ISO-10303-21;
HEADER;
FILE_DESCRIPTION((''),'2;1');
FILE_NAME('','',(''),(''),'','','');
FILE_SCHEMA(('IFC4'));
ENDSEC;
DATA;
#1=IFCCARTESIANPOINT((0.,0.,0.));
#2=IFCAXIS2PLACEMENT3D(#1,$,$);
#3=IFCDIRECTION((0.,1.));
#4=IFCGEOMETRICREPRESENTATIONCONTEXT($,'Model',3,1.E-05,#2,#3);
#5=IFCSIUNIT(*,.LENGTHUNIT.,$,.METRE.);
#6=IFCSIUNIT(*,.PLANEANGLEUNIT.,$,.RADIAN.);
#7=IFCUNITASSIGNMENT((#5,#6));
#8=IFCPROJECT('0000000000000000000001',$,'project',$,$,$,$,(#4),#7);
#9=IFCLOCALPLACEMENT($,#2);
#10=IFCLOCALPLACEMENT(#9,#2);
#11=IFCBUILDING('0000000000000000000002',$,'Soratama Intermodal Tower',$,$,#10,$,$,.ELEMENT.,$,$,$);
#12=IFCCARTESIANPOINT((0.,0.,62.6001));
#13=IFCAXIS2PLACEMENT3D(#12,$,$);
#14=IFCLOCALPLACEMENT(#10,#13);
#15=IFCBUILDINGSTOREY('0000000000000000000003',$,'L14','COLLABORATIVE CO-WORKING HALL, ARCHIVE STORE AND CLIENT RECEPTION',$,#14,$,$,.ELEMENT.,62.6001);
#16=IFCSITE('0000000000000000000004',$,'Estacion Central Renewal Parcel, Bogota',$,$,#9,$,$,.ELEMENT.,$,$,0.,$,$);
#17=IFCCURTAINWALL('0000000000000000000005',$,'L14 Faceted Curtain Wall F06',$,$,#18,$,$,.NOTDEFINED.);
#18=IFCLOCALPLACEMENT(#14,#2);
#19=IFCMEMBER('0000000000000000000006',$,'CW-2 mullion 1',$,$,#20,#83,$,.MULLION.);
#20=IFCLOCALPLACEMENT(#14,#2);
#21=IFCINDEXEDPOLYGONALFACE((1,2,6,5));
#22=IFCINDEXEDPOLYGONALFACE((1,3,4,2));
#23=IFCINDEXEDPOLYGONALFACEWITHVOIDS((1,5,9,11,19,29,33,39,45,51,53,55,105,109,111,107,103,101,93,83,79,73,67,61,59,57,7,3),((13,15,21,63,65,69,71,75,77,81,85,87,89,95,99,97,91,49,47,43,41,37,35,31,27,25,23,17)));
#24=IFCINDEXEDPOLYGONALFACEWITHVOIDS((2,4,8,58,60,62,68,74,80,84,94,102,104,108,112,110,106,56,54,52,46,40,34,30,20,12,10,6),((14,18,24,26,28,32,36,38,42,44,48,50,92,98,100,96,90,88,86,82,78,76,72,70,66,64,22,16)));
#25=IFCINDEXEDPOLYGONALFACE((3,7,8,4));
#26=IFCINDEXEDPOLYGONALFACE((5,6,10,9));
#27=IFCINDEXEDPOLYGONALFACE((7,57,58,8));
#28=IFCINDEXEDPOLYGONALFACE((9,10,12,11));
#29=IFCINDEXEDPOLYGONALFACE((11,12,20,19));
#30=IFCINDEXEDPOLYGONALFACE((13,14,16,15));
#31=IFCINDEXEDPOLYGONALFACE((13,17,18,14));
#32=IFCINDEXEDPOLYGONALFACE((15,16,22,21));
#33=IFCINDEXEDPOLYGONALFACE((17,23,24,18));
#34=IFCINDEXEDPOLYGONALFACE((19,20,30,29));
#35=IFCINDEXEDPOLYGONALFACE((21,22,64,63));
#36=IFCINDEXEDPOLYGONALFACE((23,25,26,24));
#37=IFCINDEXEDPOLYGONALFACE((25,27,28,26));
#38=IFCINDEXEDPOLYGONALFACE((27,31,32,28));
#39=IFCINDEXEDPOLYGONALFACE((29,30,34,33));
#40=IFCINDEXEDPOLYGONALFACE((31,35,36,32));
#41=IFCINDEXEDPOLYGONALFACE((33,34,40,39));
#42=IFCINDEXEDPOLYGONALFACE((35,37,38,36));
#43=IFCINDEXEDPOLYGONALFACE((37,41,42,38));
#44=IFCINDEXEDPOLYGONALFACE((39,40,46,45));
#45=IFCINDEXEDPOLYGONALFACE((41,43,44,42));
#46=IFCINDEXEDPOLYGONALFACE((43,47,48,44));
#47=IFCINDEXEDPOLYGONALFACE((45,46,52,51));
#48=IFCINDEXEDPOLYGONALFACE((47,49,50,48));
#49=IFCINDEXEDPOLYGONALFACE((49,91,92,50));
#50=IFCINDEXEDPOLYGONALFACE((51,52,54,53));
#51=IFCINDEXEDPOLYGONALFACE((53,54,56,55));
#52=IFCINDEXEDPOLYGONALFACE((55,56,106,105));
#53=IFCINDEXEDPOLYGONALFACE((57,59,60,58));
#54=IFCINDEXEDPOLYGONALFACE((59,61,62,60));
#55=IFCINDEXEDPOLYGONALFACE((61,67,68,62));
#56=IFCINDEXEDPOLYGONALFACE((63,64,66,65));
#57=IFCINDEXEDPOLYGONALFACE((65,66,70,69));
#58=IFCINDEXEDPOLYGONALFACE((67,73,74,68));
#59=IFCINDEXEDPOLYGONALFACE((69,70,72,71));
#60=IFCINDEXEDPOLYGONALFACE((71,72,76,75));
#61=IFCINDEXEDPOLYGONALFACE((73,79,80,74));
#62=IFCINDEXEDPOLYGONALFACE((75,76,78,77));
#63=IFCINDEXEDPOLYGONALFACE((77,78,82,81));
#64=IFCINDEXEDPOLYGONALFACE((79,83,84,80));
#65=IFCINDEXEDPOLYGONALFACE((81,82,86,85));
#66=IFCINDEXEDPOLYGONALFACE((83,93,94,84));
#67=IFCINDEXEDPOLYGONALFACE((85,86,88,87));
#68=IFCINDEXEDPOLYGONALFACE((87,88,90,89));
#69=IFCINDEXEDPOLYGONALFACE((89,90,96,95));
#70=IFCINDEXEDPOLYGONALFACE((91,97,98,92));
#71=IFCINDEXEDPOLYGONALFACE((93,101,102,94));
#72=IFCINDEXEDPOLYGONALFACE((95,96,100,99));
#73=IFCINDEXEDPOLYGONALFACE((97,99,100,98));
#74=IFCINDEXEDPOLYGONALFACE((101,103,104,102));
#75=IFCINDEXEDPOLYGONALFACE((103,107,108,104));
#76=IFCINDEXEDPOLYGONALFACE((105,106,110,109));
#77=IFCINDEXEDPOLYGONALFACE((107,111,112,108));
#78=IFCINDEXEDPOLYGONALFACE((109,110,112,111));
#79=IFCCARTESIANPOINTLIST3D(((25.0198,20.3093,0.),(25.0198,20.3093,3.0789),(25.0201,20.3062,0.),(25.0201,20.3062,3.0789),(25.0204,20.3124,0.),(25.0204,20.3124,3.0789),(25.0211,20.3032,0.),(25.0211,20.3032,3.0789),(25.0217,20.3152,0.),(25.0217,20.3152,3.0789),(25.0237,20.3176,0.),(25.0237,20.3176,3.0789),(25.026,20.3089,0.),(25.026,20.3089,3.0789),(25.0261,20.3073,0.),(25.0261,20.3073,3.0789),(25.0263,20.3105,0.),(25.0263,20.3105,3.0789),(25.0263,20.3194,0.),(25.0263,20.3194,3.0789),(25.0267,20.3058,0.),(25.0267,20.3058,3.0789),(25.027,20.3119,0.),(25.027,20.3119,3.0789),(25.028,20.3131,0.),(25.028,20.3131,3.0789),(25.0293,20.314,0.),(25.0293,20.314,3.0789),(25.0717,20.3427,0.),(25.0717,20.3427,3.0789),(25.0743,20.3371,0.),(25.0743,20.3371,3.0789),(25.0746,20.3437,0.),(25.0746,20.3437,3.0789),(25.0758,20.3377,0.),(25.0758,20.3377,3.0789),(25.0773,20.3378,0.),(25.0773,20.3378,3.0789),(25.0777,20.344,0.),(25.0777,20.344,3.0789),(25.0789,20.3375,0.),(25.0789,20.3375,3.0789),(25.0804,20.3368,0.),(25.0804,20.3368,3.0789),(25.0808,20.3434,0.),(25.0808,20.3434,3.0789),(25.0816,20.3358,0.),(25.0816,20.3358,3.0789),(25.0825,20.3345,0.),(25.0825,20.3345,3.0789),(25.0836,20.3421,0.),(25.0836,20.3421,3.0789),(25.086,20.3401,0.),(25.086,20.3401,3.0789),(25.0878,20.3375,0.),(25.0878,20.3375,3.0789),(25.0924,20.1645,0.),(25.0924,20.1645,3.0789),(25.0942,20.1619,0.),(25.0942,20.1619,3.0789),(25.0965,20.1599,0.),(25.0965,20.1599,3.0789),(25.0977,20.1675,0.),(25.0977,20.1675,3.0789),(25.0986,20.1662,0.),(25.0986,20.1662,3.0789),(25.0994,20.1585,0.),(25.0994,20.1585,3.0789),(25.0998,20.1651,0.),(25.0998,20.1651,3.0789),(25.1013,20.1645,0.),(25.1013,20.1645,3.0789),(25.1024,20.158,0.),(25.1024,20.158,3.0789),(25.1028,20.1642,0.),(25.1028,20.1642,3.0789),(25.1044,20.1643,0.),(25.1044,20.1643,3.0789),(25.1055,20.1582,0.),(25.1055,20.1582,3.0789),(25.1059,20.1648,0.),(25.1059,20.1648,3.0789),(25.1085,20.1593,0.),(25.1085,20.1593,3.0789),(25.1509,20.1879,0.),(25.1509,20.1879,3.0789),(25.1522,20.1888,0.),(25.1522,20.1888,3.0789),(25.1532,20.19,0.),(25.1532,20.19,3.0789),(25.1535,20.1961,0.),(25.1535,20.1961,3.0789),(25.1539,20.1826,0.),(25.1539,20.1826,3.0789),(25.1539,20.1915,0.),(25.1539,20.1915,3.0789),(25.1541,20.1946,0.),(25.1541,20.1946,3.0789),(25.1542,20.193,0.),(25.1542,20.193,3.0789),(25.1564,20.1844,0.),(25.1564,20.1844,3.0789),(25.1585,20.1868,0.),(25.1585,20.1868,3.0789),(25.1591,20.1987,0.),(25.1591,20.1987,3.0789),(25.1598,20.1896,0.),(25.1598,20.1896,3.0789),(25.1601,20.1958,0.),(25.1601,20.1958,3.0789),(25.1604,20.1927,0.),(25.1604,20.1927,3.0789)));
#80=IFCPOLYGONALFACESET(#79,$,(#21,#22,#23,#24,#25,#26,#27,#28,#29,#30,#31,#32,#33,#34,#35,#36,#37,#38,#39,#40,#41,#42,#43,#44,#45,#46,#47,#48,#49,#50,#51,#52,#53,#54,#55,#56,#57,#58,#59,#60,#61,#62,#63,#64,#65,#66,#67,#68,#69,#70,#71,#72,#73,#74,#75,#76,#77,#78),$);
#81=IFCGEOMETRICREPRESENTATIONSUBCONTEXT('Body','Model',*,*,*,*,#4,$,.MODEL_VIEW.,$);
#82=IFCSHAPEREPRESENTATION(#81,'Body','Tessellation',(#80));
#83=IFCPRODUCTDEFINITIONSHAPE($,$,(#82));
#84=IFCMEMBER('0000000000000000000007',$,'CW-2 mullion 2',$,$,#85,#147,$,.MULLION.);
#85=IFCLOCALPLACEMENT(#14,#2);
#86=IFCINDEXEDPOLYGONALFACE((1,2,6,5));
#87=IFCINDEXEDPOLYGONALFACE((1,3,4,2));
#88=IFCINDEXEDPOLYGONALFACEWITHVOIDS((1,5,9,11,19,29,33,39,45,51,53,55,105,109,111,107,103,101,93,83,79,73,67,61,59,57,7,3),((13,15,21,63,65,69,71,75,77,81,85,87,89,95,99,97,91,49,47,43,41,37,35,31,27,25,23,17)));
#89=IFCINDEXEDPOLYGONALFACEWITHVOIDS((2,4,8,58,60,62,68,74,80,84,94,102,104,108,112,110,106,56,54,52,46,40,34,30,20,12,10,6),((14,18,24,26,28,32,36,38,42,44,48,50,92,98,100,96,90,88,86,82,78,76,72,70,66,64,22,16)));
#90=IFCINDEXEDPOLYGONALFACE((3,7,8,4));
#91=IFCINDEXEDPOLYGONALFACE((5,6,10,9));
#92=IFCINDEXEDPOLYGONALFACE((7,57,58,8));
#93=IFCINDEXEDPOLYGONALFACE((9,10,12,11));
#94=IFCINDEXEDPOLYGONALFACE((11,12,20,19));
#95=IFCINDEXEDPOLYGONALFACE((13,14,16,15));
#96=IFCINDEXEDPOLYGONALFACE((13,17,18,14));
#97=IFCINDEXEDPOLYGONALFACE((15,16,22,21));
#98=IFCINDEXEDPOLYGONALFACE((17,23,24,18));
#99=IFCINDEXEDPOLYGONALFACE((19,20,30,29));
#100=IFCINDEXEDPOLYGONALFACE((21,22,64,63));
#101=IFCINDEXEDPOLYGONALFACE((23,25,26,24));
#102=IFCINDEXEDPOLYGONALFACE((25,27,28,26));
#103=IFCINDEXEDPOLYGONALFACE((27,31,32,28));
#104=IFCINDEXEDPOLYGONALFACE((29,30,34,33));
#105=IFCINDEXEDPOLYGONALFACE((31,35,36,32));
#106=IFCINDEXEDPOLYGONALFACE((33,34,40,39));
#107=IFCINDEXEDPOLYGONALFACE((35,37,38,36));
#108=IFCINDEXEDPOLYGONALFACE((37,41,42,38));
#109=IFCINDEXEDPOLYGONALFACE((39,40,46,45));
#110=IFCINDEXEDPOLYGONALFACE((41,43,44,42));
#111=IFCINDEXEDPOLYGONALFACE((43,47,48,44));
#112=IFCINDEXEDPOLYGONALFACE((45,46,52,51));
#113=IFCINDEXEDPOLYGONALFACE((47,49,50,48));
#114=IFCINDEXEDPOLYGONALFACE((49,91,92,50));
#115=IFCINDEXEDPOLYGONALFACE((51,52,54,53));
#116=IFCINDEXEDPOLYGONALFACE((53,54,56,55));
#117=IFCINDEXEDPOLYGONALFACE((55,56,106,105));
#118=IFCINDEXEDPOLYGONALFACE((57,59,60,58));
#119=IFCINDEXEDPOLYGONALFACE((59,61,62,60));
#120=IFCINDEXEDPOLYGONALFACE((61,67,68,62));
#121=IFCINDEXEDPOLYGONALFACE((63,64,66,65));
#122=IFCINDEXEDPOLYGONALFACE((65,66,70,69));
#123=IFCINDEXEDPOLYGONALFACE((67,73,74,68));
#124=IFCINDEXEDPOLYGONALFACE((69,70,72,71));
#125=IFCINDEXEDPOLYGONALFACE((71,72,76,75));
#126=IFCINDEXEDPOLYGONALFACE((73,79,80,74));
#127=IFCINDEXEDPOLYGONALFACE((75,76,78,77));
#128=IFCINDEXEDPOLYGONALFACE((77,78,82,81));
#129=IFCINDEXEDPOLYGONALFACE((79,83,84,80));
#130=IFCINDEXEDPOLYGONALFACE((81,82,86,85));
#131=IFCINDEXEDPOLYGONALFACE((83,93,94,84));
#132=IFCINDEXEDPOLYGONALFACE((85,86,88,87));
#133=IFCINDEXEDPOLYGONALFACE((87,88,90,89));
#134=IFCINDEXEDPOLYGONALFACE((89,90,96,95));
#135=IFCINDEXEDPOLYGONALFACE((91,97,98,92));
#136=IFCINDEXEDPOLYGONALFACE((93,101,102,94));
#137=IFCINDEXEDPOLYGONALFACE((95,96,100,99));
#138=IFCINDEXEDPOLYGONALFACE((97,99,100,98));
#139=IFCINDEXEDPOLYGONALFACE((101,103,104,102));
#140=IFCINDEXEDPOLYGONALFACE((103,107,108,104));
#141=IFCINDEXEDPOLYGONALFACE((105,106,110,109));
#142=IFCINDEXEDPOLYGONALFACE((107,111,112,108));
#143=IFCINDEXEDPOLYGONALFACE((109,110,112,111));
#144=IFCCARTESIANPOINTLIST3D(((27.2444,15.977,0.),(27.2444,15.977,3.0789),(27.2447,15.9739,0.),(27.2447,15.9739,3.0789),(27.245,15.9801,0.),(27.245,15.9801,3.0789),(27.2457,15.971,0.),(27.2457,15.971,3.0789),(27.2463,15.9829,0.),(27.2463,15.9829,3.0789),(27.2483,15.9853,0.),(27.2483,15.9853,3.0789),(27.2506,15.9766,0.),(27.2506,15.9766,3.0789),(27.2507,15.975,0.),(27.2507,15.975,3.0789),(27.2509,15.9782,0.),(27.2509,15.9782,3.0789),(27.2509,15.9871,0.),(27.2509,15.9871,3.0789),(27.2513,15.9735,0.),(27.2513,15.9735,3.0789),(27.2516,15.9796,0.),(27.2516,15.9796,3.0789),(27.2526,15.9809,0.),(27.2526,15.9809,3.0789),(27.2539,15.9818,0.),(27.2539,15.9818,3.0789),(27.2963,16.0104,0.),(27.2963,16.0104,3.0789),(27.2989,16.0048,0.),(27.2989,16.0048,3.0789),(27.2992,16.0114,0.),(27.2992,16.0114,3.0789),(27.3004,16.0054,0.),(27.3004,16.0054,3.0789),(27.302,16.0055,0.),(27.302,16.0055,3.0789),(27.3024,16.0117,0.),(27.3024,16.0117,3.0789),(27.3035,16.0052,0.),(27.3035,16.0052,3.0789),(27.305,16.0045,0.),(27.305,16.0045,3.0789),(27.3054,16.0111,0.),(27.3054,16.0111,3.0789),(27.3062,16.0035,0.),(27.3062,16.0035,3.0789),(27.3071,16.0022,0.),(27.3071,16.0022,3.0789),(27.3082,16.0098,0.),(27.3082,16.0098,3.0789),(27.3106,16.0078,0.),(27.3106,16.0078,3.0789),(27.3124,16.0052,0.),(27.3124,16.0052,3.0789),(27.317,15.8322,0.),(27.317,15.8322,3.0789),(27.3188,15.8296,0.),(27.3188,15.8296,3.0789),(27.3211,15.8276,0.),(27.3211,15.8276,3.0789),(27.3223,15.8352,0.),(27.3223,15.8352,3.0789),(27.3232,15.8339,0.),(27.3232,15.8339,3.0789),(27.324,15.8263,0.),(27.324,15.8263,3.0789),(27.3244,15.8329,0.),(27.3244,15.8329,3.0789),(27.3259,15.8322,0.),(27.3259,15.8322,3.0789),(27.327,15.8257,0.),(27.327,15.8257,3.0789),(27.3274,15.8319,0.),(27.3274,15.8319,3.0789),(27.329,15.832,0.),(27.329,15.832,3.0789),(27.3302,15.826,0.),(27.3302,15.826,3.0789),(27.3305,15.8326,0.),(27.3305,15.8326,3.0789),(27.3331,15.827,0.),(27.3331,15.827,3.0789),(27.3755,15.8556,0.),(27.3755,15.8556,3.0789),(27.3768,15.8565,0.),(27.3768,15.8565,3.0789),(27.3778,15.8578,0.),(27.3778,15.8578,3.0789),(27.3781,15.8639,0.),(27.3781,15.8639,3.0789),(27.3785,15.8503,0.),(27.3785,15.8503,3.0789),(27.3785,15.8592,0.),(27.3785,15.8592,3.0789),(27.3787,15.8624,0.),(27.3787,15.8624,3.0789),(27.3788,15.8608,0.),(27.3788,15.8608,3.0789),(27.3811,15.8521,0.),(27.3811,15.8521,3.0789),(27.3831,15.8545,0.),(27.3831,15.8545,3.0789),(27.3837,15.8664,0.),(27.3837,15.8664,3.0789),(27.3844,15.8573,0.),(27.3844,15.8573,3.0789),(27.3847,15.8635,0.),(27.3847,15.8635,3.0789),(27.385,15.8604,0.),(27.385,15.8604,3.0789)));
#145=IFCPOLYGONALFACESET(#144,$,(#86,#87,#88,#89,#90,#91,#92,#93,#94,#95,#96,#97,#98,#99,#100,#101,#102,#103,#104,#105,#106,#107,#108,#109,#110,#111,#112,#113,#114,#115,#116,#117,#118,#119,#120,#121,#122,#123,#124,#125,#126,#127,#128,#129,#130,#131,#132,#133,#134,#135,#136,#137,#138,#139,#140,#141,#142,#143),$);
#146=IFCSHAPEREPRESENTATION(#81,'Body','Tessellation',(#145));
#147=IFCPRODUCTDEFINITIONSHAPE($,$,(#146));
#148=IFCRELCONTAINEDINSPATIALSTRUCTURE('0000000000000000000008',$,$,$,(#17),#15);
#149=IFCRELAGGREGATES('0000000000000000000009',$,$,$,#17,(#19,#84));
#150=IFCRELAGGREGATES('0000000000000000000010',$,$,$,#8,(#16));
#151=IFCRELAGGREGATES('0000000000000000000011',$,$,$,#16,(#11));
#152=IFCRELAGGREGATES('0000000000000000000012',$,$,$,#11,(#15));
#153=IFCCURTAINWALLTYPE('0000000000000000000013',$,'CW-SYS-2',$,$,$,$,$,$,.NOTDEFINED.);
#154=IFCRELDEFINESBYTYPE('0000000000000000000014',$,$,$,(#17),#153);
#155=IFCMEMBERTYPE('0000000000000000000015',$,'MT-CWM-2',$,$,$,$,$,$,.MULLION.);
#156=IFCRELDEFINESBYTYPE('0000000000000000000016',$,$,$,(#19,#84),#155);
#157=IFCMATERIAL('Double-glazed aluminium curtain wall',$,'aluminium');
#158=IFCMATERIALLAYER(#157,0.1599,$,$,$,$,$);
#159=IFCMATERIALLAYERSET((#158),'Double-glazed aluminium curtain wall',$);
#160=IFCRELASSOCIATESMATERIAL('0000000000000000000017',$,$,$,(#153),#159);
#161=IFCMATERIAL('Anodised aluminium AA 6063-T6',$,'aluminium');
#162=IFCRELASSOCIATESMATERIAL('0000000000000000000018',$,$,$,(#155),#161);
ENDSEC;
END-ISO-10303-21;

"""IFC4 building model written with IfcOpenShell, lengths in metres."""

from ifc_helpers import new_model, si_unit, direction, frame, origin, origin_2d, place, context, subcontext, project, spatial, hollow_rectangle, extrude, material, layer, layer_set, material_profile, profile_set, type_object, element, aggregate, save


model = new_model("IFC4")

# Units and contexts
model_context = context("Model", 3, precision=1e-05, world=origin(), true_north=direction((0.0, 1.0)))
body_context = subcontext(model_context, "Body", "Model", "MODEL_VIEW")
ifc_project = project(units=[si_unit("LENGTHUNIT", "METRE"), si_unit("PLANEANGLEUNIT", "RADIAN")], contexts=[model_context])

# Site, building, storey
site_placement = place(None, origin())
site = spatial("IfcSite", under=ifc_project, at=site_placement, Name="Estacion Central Renewal Parcel, Bogota", CompositionType="ELEMENT", RefElevation=0.0)
building_placement = place(site_placement, origin())
building = spatial("IfcBuilding", under=site, at=building_placement, Name="Soratama Intermodal Tower", CompositionType="ELEMENT")
storey_placement = place(building_placement, frame((0.0, 0.0, 62.6001)))
storey = spatial("IfcBuildingStorey", under=building, at=storey_placement, Name="L14", Description="COLLABORATIVE CO-WORKING HALL, ARCHIVE STORE AND CLIENT RECEPTION", CompositionType="ELEMENT", Elevation=62.6001)

# Curtain wall, members
ifc_material_1 = material(Name="Double-glazed aluminium curtain wall", Category="aluminium")
ifc_layer_1 = layer(ifc_material_1, 0.1599)
ifc_layer_set_1 = layer_set([ifc_layer_1], Name="Double-glazed aluminium curtain wall")
curtain_wall_type = type_object("IfcCurtainWallType", Name="CW-SYS-2", PredefinedType="NOTDEFINED", material=ifc_layer_set_1)
curtain_wall_placement = place(storey_placement, origin())
curtain_wall = element("IfcCurtainWall", 1, at=curtain_wall_placement, inside=storey, type_object=curtain_wall_type, Name="L14 Faceted Curtain Wall F06", PredefinedType="NOTDEFINED")
ifc_material_2 = material(Name="Anodised aluminium AA 6063-T6", Category="aluminium")
ifc_material_profile_1 = material_profile(ifc_material_2, hollow_rectangle(XDim=0.075, YDim=0.1799, WallThickness=0.0061, InnerFilletRadius=0.0061, OuterFilletRadius=0.012, at=origin_2d()), Name="CWM180X75X6")
ifc_profile_set_1 = profile_set([ifc_material_profile_1], Name="Anodised aluminium AA 6063-T6")
member_type_1 = type_object("IfcMemberType", Name="MT-CWM-2", PredefinedType="MULLION", material=ifc_profile_set_1)
member_1_placement = place(storey_placement, frame((25.0901, 20.251, 0.0), z_axis=(0.0, 0.0, 1.0), x_axis=(0.889576, 0.456788, 0.0)))
member_1 = element("IfcMember", 2, at=member_1_placement, type_object=member_type_1, Name="CW-2 mullion 1", PredefinedType="MULLION", context=body_context, shape_type="SweptSolid", body=[
    extrude(hollow_rectangle(XDim=0.075, YDim=0.1799, WallThickness=0.0061, InnerFilletRadius=0.0061, OuterFilletRadius=0.012, at=origin_2d()), origin(), (0.0, 0.0, 1.0), 3.0789),
])
member_2_placement = place(storey_placement, frame((27.3147, 15.9187, 0.0), z_axis=(0.0, 0.0, 1.0), x_axis=(0.889576, 0.456788, 0.0)))
member_2 = element("IfcMember", 3, at=member_2_placement, type_object=member_type_1, Name="CW-2 mullion 2", PredefinedType="MULLION", context=body_context, shape_type="SweptSolid", body=[
    extrude(hollow_rectangle(XDim=0.075, YDim=0.1799, WallThickness=0.0061, InnerFilletRadius=0.0061, OuterFilletRadius=0.012, at=origin_2d()), origin(), (0.0, 0.0, 1.0), 3.0789),
])
aggregate(curtain_wall, [member_1, member_2])

save(model, "model.ifc")
